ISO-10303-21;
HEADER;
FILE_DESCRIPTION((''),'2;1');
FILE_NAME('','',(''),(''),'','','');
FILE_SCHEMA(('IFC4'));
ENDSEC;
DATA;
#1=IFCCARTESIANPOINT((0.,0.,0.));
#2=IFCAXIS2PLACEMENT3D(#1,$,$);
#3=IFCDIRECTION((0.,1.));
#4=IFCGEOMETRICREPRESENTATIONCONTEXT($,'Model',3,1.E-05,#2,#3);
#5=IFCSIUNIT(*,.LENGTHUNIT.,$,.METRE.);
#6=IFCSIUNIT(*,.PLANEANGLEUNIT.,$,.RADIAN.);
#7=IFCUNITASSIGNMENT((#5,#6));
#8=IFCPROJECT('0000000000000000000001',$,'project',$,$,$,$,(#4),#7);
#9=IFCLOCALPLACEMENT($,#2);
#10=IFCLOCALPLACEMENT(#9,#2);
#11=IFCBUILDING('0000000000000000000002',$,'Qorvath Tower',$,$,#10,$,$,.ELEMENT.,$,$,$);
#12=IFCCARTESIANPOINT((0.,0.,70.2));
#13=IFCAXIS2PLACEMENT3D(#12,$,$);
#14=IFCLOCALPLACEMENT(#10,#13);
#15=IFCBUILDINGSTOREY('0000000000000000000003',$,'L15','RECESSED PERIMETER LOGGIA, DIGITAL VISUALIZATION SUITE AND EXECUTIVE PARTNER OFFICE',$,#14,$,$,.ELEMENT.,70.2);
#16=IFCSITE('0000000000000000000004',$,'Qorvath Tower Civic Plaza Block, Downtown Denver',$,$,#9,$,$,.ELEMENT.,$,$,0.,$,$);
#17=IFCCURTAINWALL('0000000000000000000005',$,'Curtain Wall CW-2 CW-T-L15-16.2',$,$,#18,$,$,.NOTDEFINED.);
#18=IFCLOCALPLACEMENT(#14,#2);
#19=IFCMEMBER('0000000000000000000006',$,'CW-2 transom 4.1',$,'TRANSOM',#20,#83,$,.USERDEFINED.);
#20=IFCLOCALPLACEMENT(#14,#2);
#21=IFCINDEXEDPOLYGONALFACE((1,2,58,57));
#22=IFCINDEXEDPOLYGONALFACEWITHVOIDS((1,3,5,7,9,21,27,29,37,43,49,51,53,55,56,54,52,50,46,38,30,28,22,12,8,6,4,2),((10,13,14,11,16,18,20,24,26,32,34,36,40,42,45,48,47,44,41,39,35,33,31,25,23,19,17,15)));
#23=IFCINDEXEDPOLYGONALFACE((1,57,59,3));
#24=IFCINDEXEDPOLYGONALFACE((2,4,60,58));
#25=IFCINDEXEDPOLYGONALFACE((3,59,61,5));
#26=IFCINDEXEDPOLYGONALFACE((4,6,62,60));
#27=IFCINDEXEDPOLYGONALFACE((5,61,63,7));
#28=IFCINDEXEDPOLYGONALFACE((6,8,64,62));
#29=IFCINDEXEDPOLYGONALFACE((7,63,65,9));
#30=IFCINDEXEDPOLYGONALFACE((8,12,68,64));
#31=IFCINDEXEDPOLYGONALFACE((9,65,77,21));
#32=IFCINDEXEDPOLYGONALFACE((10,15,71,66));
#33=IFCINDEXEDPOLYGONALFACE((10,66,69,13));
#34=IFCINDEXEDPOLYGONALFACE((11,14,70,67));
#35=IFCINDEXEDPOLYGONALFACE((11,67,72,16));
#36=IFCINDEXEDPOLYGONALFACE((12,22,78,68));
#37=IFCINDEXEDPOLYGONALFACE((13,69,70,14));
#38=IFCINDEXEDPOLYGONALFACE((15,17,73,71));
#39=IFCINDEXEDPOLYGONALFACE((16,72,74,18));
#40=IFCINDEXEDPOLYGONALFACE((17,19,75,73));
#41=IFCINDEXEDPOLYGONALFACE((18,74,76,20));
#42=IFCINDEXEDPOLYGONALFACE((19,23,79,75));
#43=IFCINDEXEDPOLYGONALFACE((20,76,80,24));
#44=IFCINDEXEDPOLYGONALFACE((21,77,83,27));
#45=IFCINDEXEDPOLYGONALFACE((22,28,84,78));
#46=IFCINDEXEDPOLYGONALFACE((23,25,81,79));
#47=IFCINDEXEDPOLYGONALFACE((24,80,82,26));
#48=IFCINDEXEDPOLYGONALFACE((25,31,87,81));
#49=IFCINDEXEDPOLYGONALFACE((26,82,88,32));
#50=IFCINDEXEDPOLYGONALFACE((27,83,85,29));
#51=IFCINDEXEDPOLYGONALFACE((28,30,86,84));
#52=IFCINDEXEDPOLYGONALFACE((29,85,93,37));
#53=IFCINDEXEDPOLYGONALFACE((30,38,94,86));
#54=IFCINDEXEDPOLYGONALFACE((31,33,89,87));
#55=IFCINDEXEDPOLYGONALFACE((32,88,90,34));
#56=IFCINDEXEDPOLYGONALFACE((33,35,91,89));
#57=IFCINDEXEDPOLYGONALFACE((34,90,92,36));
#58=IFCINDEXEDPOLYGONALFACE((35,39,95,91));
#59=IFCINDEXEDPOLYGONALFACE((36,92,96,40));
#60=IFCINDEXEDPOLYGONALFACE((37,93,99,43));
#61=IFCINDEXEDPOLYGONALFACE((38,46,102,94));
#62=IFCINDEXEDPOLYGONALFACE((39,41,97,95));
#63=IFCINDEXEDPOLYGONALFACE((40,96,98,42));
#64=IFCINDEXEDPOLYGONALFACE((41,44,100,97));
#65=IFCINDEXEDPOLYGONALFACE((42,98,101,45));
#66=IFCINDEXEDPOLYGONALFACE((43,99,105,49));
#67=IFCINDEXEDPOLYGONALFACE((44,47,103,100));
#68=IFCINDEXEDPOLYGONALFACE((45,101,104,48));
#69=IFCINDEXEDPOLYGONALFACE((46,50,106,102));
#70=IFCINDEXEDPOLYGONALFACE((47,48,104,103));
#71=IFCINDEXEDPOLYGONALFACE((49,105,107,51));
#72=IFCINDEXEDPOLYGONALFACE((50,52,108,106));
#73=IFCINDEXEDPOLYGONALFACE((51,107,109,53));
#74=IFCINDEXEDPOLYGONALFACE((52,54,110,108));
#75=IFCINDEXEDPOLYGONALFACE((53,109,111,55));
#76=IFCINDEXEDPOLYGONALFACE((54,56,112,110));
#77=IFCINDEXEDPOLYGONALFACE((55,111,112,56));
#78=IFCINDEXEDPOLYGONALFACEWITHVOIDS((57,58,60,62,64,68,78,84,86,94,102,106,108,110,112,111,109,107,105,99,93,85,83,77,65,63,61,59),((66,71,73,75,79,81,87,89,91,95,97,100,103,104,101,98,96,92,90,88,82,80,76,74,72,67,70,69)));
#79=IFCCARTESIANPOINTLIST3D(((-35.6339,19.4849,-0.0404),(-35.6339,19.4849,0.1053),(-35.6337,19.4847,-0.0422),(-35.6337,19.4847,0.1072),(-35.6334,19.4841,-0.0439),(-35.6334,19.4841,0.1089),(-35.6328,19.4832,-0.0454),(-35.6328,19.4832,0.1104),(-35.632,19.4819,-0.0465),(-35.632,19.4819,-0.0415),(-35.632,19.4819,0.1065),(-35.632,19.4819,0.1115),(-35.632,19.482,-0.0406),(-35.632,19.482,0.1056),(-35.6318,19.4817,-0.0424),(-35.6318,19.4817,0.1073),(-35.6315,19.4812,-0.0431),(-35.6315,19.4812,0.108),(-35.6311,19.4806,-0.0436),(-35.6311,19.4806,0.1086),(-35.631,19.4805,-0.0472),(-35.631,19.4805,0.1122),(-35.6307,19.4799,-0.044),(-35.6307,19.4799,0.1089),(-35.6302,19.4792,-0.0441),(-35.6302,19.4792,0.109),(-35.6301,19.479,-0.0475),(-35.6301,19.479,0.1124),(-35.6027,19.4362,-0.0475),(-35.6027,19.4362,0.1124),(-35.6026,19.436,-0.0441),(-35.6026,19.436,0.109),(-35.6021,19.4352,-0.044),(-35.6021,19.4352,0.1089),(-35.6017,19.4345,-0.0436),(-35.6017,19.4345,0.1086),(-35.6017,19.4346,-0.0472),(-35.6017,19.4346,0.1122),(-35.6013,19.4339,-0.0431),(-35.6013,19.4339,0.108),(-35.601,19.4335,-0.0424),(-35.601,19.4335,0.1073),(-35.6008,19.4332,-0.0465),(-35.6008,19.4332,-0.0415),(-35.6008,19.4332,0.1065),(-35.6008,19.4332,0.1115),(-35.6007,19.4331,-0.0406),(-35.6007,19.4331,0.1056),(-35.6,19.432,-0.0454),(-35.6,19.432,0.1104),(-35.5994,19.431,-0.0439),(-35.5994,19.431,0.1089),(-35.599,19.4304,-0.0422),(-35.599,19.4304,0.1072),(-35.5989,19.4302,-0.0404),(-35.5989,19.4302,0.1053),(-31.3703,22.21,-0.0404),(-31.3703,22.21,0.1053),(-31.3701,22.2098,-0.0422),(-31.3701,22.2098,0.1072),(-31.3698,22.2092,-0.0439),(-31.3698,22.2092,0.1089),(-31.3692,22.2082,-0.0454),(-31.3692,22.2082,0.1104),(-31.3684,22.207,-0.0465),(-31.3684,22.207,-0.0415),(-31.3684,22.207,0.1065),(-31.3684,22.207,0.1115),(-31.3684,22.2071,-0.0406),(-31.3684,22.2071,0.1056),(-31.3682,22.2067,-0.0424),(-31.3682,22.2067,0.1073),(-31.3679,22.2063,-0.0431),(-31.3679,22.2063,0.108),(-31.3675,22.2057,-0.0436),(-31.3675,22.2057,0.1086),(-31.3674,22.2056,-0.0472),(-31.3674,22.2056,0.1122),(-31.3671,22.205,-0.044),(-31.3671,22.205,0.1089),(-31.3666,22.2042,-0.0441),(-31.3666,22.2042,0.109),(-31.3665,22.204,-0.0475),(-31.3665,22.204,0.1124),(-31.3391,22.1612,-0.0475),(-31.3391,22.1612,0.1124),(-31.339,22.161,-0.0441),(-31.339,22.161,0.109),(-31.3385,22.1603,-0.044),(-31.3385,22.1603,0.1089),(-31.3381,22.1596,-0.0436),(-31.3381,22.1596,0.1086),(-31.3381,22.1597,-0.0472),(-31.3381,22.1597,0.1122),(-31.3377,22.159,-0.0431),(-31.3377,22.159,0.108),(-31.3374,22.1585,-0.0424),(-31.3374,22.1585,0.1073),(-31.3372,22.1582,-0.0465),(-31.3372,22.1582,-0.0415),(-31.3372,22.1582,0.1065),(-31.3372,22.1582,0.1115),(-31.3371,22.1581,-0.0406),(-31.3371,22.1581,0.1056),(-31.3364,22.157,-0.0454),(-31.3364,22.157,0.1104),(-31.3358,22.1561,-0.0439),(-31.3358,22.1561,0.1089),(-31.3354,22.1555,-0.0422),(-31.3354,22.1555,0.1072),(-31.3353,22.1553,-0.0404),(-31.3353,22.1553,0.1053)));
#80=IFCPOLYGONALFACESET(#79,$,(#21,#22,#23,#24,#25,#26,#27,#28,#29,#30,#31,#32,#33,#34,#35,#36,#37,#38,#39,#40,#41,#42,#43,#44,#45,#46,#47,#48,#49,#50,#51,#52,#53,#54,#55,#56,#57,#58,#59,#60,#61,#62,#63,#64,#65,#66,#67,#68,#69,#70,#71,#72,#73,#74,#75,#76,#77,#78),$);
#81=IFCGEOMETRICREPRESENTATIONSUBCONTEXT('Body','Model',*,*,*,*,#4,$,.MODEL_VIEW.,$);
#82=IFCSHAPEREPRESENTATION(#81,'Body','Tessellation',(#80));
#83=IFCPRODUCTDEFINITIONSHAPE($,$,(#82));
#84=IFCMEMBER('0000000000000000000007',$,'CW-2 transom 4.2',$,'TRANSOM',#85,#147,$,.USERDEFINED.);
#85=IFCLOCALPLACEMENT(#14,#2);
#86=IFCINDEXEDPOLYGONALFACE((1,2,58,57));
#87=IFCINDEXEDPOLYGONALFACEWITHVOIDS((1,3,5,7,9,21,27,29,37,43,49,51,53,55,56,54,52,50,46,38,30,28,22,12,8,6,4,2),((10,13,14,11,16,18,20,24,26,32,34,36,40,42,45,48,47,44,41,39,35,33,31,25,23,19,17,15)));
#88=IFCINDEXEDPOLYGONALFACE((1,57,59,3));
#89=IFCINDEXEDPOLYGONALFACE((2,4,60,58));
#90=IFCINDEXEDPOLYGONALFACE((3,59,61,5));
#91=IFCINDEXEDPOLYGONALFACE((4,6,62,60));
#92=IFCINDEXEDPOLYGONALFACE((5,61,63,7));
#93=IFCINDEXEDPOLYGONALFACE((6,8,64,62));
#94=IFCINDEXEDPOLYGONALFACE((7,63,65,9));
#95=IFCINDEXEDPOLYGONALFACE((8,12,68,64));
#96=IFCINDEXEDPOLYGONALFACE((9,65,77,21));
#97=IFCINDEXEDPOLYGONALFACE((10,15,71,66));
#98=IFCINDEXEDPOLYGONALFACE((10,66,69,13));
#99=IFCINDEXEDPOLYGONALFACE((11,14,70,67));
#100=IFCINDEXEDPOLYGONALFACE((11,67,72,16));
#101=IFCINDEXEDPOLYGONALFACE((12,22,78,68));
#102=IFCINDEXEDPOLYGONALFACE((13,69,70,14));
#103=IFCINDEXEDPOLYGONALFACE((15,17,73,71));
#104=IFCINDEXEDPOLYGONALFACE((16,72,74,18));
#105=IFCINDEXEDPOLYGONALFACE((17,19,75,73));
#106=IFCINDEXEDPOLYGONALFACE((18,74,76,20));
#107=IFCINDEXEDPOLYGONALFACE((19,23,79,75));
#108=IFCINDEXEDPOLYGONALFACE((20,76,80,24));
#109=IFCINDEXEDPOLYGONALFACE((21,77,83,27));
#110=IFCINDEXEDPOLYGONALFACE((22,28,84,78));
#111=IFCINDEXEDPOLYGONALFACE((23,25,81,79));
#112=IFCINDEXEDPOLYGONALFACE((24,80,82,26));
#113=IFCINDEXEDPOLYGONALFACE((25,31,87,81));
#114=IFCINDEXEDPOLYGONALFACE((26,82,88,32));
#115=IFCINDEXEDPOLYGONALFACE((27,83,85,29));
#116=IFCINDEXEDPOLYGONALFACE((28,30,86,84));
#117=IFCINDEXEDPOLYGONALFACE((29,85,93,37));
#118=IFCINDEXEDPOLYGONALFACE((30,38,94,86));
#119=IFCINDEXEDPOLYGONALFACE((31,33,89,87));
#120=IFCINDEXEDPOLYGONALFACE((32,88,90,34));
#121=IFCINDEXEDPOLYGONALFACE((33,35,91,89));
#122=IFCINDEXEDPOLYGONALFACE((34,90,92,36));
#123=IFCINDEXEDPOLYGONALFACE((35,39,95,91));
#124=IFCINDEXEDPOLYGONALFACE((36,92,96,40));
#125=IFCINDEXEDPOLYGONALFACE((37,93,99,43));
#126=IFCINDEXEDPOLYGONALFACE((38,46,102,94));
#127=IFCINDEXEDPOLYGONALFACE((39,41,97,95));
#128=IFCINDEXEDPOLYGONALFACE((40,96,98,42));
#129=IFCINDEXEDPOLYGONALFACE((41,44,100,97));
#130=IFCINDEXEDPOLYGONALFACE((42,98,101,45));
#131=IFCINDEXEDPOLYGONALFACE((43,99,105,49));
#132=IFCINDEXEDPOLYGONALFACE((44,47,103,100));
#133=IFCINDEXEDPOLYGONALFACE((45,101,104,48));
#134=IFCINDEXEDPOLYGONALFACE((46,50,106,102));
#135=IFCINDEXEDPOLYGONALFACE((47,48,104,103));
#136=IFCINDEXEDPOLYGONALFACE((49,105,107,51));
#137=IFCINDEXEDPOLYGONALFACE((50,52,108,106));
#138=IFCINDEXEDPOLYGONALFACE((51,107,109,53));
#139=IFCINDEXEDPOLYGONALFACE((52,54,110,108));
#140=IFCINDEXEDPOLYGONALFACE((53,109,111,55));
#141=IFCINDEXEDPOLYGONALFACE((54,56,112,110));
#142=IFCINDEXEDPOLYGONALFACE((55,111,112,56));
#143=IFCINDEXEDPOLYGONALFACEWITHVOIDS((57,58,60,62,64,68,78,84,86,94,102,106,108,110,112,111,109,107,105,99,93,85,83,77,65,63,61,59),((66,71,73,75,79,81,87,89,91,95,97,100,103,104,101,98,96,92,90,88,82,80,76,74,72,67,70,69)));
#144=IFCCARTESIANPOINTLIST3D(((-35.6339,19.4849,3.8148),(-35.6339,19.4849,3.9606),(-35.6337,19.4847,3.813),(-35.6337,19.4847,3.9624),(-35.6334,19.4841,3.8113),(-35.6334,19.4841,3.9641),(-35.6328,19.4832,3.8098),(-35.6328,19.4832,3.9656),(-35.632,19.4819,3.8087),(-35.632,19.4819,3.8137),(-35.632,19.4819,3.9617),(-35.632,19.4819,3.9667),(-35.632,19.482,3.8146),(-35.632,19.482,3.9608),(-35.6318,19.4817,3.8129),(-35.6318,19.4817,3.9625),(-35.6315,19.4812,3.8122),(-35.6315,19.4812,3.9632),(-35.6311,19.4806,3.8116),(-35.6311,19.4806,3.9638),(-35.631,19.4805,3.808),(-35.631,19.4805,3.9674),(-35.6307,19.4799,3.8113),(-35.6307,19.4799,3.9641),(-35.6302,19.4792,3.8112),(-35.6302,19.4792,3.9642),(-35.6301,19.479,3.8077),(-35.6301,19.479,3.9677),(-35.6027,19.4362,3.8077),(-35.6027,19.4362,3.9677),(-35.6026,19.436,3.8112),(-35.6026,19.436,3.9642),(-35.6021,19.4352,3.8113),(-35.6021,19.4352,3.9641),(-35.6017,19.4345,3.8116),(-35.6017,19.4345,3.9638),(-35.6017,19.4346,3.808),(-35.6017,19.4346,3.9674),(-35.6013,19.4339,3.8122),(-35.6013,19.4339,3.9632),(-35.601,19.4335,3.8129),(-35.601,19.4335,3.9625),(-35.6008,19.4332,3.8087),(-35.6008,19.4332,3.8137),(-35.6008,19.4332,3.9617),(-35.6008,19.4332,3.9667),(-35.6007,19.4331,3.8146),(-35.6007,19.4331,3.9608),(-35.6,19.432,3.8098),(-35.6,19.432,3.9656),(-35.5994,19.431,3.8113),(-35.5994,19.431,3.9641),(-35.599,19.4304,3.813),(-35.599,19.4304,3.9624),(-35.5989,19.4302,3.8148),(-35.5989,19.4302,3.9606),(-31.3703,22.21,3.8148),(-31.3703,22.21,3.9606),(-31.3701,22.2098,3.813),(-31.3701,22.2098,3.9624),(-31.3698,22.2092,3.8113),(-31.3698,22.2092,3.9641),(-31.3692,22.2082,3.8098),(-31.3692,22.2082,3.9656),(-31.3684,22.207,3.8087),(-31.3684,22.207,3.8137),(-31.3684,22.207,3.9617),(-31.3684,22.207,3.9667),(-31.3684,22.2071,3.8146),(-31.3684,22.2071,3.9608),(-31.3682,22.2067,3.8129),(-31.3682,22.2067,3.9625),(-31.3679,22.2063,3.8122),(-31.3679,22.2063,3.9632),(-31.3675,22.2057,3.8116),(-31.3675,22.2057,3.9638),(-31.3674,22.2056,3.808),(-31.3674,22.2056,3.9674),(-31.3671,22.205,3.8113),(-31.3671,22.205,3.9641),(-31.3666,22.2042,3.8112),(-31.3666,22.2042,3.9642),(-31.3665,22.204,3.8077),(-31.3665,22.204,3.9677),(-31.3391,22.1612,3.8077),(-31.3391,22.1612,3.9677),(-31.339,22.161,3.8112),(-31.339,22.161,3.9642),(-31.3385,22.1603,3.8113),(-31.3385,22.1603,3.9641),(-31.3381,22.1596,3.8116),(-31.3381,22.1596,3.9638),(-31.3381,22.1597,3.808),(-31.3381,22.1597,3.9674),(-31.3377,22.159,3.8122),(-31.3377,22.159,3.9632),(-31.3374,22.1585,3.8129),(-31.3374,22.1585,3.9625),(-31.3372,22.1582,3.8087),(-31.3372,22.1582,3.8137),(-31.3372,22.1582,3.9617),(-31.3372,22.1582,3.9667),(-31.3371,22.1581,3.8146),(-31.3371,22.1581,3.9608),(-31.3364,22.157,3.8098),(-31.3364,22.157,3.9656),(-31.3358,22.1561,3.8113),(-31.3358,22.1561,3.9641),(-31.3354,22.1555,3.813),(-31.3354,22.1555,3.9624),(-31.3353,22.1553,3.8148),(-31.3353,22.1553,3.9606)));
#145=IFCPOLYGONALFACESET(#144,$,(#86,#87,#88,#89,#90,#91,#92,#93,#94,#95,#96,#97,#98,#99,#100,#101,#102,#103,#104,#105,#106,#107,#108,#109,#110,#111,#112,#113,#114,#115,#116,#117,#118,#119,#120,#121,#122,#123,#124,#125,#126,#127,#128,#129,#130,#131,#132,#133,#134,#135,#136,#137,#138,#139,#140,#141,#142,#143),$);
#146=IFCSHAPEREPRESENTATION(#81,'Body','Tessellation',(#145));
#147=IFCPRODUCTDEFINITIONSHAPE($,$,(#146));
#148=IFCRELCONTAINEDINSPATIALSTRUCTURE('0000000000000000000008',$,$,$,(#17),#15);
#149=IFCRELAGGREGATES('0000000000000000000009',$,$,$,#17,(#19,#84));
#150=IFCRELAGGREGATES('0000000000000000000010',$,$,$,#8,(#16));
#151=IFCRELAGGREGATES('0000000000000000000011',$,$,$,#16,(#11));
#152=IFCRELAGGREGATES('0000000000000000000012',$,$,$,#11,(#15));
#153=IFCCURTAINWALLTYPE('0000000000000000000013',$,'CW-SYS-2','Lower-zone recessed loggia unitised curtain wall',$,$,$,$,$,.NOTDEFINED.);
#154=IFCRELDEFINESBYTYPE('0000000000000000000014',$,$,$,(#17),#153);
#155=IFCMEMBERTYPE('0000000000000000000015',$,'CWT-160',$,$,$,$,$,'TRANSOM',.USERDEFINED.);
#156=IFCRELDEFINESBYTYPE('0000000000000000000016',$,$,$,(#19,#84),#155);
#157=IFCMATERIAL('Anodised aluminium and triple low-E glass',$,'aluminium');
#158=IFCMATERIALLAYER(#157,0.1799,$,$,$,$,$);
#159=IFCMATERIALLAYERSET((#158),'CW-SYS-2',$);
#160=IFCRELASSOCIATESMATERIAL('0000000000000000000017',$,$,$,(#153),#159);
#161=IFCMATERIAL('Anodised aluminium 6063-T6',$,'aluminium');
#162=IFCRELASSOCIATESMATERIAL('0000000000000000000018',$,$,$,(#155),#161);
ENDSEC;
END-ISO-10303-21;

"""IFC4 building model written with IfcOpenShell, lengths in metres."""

from ifc_helpers import new_model, si_unit, direction, frame, origin, origin_2d, place, context, subcontext, project, spatial, hollow_rectangle, extrude, material, layer, layer_set, material_profile, profile_set, type_object, element, aggregate, save


model = new_model("IFC4")

# Units and contexts
model_context = context("Model", 3, precision=1e-05, world=origin(), true_north=direction((0.0, 1.0)))
body_context = subcontext(model_context, "Body", "Model", "MODEL_VIEW")
ifc_project = project(units=[si_unit("LENGTHUNIT", "METRE"), si_unit("PLANEANGLEUNIT", "RADIAN")], contexts=[model_context])

# Site, building, storey
site_placement = place(None, origin())
site = spatial("IfcSite", under=ifc_project, at=site_placement, Name="Qorvath Tower Civic Plaza Block, Downtown Denver", CompositionType="ELEMENT", RefElevation=0.0)
building_placement = place(site_placement, origin())
building = spatial("IfcBuilding", under=site, at=building_placement, Name="Qorvath Tower", CompositionType="ELEMENT")
storey_placement = place(building_placement, frame((0.0, 0.0, 70.2)))
storey = spatial("IfcBuildingStorey", under=building, at=storey_placement, Name="L15", Description="RECESSED PERIMETER LOGGIA, DIGITAL VISUALIZATION SUITE AND EXECUTIVE PARTNER OFFICE", CompositionType="ELEMENT", Elevation=70.2)

# Curtain wall, members
ifc_material_1 = material(Name="Anodised aluminium and triple low-E glass", Category="aluminium")
ifc_layer_1 = layer(ifc_material_1, 0.1799)
ifc_layer_set_1 = layer_set([ifc_layer_1], Name="CW-SYS-2")
curtain_wall_type = type_object("IfcCurtainWallType", Name="CW-SYS-2", Description="Lower-zone recessed loggia unitised curtain wall", PredefinedType="NOTDEFINED", material=ifc_layer_set_1)
curtain_wall_placement = place(storey_placement, origin())
curtain_wall = element("IfcCurtainWall", 1, at=curtain_wall_placement, inside=storey, type_object=curtain_wall_type, Name="Curtain Wall CW-2 CW-T-L15-16.2", PredefinedType="NOTDEFINED")
ifc_material_2 = material(Name="Anodised aluminium 6063-T6", Category="aluminium")
ifc_material_profile_1 = material_profile(ifc_material_2, hollow_rectangle(XDim=0.0649, YDim=0.1599, WallThickness=0.0034, InnerFilletRadius=0.0034, OuterFilletRadius=0.0071, at=origin_2d()), Name="CWT 160x65")
ifc_profile_set_1 = profile_set([ifc_material_profile_1], Name="Anodised aluminium 6063-T6")
member_type_1 = type_object("IfcMemberType", Name="CWT-160", ElementType="TRANSOM", PredefinedType="USERDEFINED", material=ifc_profile_set_1)
member_1_placement = place(storey_placement, frame((-31.3528, 22.1826, 0.0325), z_axis=(-0.842599, -0.538542, 0.0), x_axis=(0.538542, -0.842599, 0.0)))
member_1 = element("IfcMember", 2, at=member_1_placement, type_object=member_type_1, Name="CW-2 transom 4.1", ObjectType="TRANSOM", PredefinedType="USERDEFINED", context=body_context, shape_type="SweptSolid", body=[
    extrude(hollow_rectangle(XDim=0.0649, YDim=0.1599, WallThickness=0.0034, InnerFilletRadius=0.0034, OuterFilletRadius=0.0071, at=origin_2d()), origin(), (0.0, 0.0, 1.0), 5.0601),
])
member_2_placement = place(storey_placement, frame((-31.3528, 22.1826, 3.8877), z_axis=(-0.842599, -0.538542, 0.0), x_axis=(0.538542, -0.842599, 0.0)))
member_2 = element("IfcMember", 3, at=member_2_placement, type_object=member_type_1, Name="CW-2 transom 4.2", ObjectType="TRANSOM", PredefinedType="USERDEFINED", context=body_context, shape_type="SweptSolid", body=[
    extrude(hollow_rectangle(XDim=0.0649, YDim=0.1599, WallThickness=0.0034, InnerFilletRadius=0.0034, OuterFilletRadius=0.0071, at=origin_2d()), origin(), (0.0, 0.0, 1.0), 5.0601),
])
aggregate(curtain_wall, [member_1, member_2])

save(model, "model.ifc")
